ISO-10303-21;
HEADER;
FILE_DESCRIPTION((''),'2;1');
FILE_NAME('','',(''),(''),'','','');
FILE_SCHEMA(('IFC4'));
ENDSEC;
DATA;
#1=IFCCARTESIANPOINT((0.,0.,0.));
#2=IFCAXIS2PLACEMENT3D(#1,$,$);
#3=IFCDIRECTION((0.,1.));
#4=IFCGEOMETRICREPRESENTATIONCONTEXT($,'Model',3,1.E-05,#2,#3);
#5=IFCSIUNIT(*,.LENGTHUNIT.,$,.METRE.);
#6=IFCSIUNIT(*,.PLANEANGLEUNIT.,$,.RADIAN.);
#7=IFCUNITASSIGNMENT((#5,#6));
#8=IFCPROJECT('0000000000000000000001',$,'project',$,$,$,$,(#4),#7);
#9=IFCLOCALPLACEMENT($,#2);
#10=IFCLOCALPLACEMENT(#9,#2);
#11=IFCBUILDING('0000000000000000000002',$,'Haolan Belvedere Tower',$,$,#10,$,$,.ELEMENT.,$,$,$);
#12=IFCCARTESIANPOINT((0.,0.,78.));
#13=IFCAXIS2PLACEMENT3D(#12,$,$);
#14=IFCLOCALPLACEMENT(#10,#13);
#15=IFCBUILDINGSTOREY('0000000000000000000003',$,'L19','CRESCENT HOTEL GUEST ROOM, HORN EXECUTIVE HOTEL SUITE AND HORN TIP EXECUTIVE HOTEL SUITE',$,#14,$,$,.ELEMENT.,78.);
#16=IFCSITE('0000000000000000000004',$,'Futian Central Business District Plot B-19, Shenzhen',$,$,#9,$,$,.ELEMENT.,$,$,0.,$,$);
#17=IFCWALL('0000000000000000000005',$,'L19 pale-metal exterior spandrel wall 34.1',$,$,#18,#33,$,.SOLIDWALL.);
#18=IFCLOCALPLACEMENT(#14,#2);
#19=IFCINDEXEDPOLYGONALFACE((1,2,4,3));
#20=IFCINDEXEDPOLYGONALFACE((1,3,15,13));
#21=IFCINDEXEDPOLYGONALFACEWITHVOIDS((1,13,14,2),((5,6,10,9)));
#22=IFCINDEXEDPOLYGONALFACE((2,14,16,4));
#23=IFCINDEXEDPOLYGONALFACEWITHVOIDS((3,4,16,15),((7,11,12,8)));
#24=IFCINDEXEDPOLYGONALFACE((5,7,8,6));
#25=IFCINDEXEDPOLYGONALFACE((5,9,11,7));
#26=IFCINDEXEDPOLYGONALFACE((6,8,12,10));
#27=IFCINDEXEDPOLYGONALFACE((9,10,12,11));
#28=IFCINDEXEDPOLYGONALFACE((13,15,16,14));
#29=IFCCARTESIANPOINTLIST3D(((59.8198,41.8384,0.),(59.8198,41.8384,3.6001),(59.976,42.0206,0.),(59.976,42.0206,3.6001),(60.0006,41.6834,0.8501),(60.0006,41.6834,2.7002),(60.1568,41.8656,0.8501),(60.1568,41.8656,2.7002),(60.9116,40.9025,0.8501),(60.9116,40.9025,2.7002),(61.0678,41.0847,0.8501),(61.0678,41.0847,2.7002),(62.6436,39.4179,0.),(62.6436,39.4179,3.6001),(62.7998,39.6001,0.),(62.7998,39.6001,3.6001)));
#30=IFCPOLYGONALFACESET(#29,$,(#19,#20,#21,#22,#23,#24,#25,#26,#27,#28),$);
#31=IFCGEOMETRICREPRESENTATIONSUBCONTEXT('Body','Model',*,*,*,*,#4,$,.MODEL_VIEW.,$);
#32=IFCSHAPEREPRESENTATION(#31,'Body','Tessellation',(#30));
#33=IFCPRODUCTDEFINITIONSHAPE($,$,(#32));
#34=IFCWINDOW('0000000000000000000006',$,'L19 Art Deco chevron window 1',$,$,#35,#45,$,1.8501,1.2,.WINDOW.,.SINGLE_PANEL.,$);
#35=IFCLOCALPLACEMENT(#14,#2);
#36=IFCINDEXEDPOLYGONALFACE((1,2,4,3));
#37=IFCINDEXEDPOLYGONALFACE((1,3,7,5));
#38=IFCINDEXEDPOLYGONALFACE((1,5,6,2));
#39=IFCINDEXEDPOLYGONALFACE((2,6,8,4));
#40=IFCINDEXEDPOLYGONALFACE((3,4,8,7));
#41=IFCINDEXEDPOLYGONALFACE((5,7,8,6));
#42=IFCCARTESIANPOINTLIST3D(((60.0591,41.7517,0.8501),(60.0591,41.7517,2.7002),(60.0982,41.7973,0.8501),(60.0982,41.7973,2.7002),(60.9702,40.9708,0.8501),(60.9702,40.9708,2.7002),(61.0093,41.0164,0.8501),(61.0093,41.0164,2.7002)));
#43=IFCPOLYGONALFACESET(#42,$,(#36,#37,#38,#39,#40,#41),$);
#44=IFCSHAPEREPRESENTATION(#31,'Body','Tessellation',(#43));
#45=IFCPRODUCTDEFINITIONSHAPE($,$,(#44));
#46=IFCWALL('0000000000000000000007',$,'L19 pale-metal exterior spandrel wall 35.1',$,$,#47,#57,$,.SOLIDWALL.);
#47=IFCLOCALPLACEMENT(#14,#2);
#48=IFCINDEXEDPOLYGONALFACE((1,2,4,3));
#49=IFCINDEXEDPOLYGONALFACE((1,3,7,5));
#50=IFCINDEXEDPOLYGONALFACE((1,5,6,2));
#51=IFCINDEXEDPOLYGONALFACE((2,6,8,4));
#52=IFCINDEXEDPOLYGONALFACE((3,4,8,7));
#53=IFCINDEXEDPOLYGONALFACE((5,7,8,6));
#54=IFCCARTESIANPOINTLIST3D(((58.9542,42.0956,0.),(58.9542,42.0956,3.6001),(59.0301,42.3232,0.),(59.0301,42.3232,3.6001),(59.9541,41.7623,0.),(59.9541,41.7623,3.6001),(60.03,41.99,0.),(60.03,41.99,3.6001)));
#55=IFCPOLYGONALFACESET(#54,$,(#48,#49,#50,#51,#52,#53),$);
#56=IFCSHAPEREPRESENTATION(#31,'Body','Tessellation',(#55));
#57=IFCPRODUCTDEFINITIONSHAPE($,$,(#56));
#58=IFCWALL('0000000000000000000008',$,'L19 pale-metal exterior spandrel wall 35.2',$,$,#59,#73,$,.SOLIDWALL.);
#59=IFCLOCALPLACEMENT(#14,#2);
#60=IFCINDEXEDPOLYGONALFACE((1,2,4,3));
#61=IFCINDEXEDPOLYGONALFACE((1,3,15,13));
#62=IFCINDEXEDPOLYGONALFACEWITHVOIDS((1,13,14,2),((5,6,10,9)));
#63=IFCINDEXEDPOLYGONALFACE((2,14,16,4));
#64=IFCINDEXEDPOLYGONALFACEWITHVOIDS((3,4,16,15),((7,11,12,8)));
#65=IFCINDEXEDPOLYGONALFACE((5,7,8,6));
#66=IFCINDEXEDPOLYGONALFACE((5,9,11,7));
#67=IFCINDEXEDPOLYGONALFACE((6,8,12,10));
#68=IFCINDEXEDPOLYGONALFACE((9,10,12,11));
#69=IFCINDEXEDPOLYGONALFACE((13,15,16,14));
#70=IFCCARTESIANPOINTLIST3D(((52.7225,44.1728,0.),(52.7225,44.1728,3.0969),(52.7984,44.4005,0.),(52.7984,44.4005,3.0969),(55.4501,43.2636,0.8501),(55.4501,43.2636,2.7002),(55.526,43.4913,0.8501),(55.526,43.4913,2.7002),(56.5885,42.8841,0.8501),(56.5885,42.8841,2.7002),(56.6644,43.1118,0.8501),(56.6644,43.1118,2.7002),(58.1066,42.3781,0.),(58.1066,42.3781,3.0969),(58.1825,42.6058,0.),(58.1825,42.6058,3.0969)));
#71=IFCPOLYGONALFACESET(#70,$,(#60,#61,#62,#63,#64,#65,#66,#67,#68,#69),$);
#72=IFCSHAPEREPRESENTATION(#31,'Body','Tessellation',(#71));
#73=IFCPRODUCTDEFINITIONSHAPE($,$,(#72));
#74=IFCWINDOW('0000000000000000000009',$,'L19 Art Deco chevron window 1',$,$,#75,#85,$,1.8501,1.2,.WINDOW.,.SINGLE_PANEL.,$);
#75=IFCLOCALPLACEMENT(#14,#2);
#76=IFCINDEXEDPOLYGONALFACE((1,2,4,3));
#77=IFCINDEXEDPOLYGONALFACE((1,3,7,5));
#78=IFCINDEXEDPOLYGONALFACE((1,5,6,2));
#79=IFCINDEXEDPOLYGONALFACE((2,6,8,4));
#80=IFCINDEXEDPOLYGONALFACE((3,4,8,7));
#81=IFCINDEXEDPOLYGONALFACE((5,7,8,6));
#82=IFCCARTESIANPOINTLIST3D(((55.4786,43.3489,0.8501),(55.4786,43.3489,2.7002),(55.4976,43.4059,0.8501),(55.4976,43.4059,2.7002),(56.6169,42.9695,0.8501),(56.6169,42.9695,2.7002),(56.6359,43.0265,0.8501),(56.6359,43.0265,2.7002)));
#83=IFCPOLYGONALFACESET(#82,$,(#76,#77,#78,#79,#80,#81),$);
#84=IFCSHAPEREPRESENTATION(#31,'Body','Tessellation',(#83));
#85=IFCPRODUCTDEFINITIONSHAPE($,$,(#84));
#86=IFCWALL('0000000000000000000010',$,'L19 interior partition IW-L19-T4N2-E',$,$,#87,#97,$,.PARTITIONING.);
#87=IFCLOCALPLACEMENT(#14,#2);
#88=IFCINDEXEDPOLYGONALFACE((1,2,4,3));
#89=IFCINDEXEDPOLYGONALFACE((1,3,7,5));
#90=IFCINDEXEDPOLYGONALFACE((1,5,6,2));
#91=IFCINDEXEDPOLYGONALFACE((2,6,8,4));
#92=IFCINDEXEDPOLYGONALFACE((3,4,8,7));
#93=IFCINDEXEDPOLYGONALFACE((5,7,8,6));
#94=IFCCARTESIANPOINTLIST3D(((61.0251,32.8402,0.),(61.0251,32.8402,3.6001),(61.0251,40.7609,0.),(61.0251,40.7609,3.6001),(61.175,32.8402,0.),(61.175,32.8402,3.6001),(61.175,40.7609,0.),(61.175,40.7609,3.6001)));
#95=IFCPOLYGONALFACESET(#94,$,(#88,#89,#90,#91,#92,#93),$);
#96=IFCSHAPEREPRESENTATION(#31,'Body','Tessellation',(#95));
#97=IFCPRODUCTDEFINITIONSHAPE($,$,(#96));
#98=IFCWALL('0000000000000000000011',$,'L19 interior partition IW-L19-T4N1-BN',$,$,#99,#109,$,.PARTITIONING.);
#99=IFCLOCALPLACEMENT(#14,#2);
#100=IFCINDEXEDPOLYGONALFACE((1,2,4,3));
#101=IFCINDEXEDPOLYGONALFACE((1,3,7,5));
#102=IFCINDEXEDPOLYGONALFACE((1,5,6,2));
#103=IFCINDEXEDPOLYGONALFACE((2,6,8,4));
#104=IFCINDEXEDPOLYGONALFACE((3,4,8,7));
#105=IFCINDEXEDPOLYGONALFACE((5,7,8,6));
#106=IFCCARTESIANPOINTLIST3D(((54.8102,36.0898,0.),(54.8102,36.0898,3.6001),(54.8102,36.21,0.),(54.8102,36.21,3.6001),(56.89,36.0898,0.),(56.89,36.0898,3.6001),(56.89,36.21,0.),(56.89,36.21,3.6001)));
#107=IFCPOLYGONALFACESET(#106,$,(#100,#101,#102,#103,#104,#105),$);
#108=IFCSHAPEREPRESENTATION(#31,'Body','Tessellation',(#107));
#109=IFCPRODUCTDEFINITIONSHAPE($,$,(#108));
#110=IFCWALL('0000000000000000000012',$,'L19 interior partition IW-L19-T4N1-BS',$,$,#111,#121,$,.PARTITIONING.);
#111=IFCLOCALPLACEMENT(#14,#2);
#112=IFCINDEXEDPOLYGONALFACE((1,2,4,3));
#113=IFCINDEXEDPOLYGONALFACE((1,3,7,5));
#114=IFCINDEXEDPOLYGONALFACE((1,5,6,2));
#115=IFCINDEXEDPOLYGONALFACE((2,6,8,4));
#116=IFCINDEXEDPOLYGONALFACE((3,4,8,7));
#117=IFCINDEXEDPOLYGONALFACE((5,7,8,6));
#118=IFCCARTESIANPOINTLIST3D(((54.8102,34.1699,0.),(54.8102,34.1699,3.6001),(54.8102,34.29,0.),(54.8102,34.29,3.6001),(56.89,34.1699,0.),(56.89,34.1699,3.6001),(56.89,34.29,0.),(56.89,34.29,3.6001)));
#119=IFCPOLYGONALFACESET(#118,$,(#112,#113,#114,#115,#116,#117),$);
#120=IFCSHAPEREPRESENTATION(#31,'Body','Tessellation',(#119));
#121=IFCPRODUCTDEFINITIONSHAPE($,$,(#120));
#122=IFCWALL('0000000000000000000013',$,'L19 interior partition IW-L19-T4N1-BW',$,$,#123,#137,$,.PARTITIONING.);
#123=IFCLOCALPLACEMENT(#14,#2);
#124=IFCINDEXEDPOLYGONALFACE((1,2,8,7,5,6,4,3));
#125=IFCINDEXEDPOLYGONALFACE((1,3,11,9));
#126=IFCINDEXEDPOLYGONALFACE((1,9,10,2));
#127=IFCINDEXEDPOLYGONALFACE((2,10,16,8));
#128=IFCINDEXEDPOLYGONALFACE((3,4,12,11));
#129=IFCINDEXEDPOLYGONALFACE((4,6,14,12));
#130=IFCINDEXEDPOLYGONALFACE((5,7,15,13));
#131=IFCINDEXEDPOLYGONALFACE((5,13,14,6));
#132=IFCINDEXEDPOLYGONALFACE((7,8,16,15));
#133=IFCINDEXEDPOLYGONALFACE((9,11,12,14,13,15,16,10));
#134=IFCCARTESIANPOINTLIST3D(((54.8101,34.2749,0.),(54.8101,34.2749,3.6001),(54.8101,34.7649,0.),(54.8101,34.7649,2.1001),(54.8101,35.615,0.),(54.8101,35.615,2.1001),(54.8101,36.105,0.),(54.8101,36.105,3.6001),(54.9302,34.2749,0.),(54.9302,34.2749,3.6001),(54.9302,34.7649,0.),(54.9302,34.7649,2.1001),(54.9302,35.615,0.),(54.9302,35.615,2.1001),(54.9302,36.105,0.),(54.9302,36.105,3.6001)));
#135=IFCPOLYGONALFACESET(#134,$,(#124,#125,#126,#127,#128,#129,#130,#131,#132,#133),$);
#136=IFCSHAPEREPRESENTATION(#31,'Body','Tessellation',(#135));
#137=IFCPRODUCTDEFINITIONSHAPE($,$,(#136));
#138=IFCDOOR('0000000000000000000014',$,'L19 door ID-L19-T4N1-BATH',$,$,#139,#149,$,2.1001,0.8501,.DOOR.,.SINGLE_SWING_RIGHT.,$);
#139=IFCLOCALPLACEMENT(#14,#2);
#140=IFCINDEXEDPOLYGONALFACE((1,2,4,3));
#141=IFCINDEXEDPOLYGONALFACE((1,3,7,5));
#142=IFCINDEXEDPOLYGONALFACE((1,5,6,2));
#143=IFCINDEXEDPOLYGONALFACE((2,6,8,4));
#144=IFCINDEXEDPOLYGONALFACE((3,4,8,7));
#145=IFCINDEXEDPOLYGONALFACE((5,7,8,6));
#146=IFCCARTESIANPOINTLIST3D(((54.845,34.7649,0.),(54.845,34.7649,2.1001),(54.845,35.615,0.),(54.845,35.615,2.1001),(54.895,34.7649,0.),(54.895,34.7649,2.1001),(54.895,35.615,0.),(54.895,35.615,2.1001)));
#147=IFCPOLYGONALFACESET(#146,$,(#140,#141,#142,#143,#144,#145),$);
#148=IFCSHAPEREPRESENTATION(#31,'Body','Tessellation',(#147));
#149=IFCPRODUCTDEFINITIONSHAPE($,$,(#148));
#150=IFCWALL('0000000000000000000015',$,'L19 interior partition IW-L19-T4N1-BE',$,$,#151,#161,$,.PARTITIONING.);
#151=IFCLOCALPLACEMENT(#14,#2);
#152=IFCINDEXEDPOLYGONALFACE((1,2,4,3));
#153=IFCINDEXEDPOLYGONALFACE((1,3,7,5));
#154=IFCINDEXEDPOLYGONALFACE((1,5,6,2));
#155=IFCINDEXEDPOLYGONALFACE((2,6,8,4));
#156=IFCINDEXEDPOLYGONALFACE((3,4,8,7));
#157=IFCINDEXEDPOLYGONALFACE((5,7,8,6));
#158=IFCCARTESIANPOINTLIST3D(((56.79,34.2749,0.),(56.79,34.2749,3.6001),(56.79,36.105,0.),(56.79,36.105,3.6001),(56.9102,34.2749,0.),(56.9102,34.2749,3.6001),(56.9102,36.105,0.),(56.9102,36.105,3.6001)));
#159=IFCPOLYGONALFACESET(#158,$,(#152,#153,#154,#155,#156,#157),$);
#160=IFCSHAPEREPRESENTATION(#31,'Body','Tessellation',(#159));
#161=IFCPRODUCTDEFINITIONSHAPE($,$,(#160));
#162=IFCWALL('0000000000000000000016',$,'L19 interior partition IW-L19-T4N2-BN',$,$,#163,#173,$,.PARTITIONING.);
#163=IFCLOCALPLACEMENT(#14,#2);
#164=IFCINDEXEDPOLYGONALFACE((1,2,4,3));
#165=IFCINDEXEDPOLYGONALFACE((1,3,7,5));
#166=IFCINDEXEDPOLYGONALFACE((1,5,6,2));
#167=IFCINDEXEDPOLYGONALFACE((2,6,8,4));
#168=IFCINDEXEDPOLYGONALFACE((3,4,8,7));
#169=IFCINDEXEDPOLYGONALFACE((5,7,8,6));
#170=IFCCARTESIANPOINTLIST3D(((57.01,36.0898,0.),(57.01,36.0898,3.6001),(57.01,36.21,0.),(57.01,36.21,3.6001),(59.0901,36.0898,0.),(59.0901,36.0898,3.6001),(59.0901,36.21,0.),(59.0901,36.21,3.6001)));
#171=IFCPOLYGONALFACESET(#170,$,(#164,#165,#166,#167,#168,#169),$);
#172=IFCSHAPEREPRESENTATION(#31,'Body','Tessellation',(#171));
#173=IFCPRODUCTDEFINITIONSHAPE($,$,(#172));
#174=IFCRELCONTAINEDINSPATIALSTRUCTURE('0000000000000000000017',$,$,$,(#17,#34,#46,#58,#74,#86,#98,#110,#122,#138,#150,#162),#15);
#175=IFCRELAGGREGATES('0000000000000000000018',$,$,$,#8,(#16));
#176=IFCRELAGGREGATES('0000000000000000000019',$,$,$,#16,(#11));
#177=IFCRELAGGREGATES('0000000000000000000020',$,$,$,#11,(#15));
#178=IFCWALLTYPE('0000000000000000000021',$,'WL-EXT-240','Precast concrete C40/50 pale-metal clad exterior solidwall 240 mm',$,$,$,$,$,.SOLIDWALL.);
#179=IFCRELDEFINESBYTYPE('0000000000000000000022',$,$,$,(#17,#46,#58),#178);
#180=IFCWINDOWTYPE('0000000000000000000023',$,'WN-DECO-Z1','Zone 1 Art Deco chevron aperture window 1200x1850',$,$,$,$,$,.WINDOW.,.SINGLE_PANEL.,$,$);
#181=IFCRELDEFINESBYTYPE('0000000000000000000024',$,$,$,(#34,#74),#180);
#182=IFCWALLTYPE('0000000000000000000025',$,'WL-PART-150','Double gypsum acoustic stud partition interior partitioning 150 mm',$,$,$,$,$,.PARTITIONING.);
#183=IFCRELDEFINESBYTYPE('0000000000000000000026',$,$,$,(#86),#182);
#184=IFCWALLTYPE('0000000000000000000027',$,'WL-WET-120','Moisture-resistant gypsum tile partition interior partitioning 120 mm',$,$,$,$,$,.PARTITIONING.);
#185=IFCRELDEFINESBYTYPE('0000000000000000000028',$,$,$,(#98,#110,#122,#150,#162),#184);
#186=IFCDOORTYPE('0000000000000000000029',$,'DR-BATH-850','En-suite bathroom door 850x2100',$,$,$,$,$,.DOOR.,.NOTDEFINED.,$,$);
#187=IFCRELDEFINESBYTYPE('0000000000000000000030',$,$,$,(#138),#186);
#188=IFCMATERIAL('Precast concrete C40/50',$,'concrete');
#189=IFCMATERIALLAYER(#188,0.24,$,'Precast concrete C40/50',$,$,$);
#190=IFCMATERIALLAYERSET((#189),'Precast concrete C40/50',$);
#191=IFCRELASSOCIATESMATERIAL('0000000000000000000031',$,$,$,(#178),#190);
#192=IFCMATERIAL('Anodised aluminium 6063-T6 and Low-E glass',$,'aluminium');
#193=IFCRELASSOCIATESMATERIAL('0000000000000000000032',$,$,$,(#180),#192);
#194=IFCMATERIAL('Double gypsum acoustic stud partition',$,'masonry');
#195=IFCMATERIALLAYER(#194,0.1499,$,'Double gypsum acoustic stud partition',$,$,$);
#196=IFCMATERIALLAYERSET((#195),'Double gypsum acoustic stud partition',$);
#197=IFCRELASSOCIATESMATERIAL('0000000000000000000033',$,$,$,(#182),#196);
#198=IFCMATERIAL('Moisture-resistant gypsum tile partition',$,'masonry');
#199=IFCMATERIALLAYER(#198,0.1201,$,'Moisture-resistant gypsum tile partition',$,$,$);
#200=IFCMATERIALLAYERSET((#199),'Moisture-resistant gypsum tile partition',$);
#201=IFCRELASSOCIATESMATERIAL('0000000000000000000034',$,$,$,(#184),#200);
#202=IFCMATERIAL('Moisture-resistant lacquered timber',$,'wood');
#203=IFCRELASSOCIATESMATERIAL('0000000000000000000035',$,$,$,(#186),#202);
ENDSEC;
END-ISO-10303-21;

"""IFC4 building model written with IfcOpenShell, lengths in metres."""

from ifc_helpers import new_model, si_unit, direction, frame, frame_2d, origin, place, context, subcontext, project, spatial, rectangle, extrude, material, layer, layer_set, type_object, element, fill, save


model = new_model("IFC4")

# Units and contexts
model_context = context("Model", 3, precision=1e-05, world=origin(), true_north=direction((0.0, 1.0)))
body_context = subcontext(model_context, "Body", "Model", "MODEL_VIEW")
ifc_project = project(units=[si_unit("LENGTHUNIT", "METRE"), si_unit("PLANEANGLEUNIT", "RADIAN")], contexts=[model_context])

# Site, building, storey
site_placement = place(None, origin())
site = spatial("IfcSite", under=ifc_project, at=site_placement, Name="Futian Central Business District Plot B-19, Shenzhen", CompositionType="ELEMENT", RefElevation=0.0)
building_placement = place(site_placement, origin())
building = spatial("IfcBuilding", under=site, at=building_placement, Name="Haolan Belvedere Tower", CompositionType="ELEMENT")
storey_placement = place(building_placement, frame((0.0, 0.0, 78.0)))
storey = spatial("IfcBuildingStorey", under=building, at=storey_placement, Name="L19", Description="CRESCENT HOTEL GUEST ROOM, HORN EXECUTIVE HOTEL SUITE AND HORN TIP EXECUTIVE HOTEL SUITE", CompositionType="ELEMENT", Elevation=78.0)

# Shared definitions
ifc_material_1 = material(Name="Precast concrete C40/50", Category="concrete")
ifc_layer_1 = layer(ifc_material_1, 0.24, Name="Precast concrete C40/50")
ifc_layer_set_1 = layer_set([ifc_layer_1], Name="Precast concrete C40/50")
wall_type_1 = type_object("IfcWallType", Name="WL-EXT-240", Description="Precast concrete C40/50 pale-metal clad exterior solidwall 240 mm", PredefinedType="SOLIDWALL", material=ifc_layer_set_1)
ifc_material_2 = material(Name="Anodised aluminium 6063-T6 and Low-E glass", Category="aluminium")
window_type = type_object("IfcWindowType", Name="WN-DECO-Z1", Description="Zone 1 Art Deco chevron aperture window 1200x1850", PartitioningType="SINGLE_PANEL", PredefinedType="WINDOW", material=ifc_material_2)

# Wall, opening, window
wall_1_placement = place(storey_placement, frame((62.7217, 39.509, 0.0), z_axis=(0.0, 0.0, 1.0), x_axis=(-0.759247, 0.650802, 0.0)))
wall_1 = element("IfcWall", 1, at=wall_1_placement, inside=storey, type_object=wall_type_1, Name="L19 pale-metal exterior spandrel wall 34.1", PredefinedType="SOLIDWALL", context=body_context, shape_type="SweptSolid", body=[
    extrude(rectangle(XDim=3.7192, YDim=0.24, at=frame_2d((1.8596, 0.0))), origin(), (0.0, 0.0, 1.0), 3.6001),
])
opening_1_placement = place(wall_1_placement, frame((2.281, 0.0, 0.8501)))
opening_1 = element("IfcOpeningElement", 2, at=opening_1_placement, cuts=wall_1, PredefinedType="OPENING", context=body_context, shape_type="SweptSolid", body=[
    extrude(rectangle(XDim=1.2, YDim=1.8501, at=frame_2d((0.6001, 0.925))), frame((0.0, 0.1299, 0.0), z_axis=(0.0, -1.0, 0.0), x_axis=(1.0, 0.0, 0.0)), (0.0, 0.0, 1.0), 0.26),
])
window_1_placement = place(opening_1_placement, origin())
window_1 = element("IfcWindow", 3, at=window_1_placement, inside=storey, type_object=window_type, Name="L19 Art Deco chevron window 1", OverallHeight=1.8501, OverallWidth=1.2, PartitioningType="SINGLE_PANEL", PredefinedType="WINDOW", context=body_context, shape_type="SweptSolid", body=[
    extrude(rectangle(XDim=1.2, YDim=1.8501, at=frame_2d((0.6001, 0.925))), frame((0.0, 0.03, 0.0), z_axis=(0.0, -1.0, 0.0), x_axis=(1.0, 0.0, 0.0)), (0.0, 0.0, 1.0), 0.0601),
])
fill(opening_1, window_1)

# Wall
wall_2_placement = place(storey_placement, frame((59.9919, 41.8762, 0.0), z_axis=(0.0, 0.0, 1.0), x_axis=(-0.948706, 0.316158, 0.0)))
element("IfcWall", 4, at=wall_2_placement, inside=storey, type_object=wall_type_1, Name="L19 pale-metal exterior spandrel wall 35.1", PredefinedType="SOLIDWALL", context=body_context, shape_type="SweptSolid", body=[
    extrude(rectangle(XDim=1.054, YDim=0.24, at=frame_2d((0.5269, 0.0))), origin(), (0.0, 0.0, 1.0), 3.6001),
])

# Wall, opening, window
wall_3_placement = place(storey_placement, frame((58.1445, 42.4919, 0.0), z_axis=(0.0, 0.0, 1.0), x_axis=(-0.948683, 0.316228, 0.0)))
wall_3 = element("IfcWall", 5, at=wall_3_placement, inside=storey, type_object=wall_type_1, Name="L19 pale-metal exterior spandrel wall 35.2", PredefinedType="SOLIDWALL", context=body_context, shape_type="SweptSolid", body=[
    extrude(rectangle(XDim=5.6753, YDim=0.24, at=frame_2d((2.8376, 0.0))), origin(), (0.0, 0.0, 1.0), 3.0969),
])
opening_2_placement = place(wall_3_placement, frame((1.6001, 0.0, 0.8501)))
opening_2 = element("IfcOpeningElement", 6, at=opening_2_placement, cuts=wall_3, PredefinedType="OPENING", context=body_context, shape_type="SweptSolid", body=[
    extrude(rectangle(XDim=1.2, YDim=1.8501, at=frame_2d((0.6001, 0.925))), frame((0.0, 0.1299, 0.0), z_axis=(0.0, -1.0, 0.0), x_axis=(1.0, 0.0, 0.0)), (0.0, 0.0, 1.0), 0.26),
])
window_2_placement = place(opening_2_placement, origin())
window_2 = element("IfcWindow", 7, at=window_2_placement, inside=storey, type_object=window_type, Name="L19 Art Deco chevron window 1", OverallHeight=1.8501, OverallWidth=1.2, PartitioningType="SINGLE_PANEL", PredefinedType="WINDOW", context=body_context, shape_type="SweptSolid", body=[
    extrude(rectangle(XDim=1.2, YDim=1.8501, at=frame_2d((0.6001, 0.925))), frame((0.0, 0.03, 0.0), z_axis=(0.0, -1.0, 0.0), x_axis=(1.0, 0.0, 0.0)), (0.0, 0.0, 1.0), 0.0601),
])
fill(opening_2, window_2)

# Walls
ifc_material_3 = material(Name="Double gypsum acoustic stud partition", Category="masonry")
ifc_layer_2 = layer(ifc_material_3, 0.1499, Name="Double gypsum acoustic stud partition")
ifc_layer_set_2 = layer_set([ifc_layer_2], Name="Double gypsum acoustic stud partition")
wall_type_2 = type_object("IfcWallType", Name="WL-PART-150", Description="Double gypsum acoustic stud partition interior partitioning 150 mm", PredefinedType="PARTITIONING", material=ifc_layer_set_2)
wall_4_placement = place(storey_placement, frame((61.1001, 32.8401, 0.0), z_axis=(0.0, 0.0, 1.0), x_axis=(0.0, 1.0, 0.0)))
element("IfcWall", 8, at=wall_4_placement, inside=storey, type_object=wall_type_2, Name="L19 interior partition IW-L19-T4N2-E", PredefinedType="PARTITIONING", context=body_context, shape_type="SweptSolid", body=[
    extrude(rectangle(XDim=7.9207, YDim=0.1499, at=frame_2d((3.9604, 0.0))), origin(), (0.0, 0.0, 1.0), 3.6001),
])
ifc_material_4 = material(Name="Moisture-resistant gypsum tile partition", Category="masonry")
ifc_layer_3 = layer(ifc_material_4, 0.1201, Name="Moisture-resistant gypsum tile partition")
ifc_layer_set_3 = layer_set([ifc_layer_3], Name="Moisture-resistant gypsum tile partition")
wall_type_3 = type_object("IfcWallType", Name="WL-WET-120", Description="Moisture-resistant gypsum tile partition interior partitioning 120 mm", PredefinedType="PARTITIONING", material=ifc_layer_set_3)
for number, where, z_axis, x_axis, name in (
    (9, (54.8101, 36.1499, 0.0), (0.0, 0.0, 1.0), (1.0, 0.0, 0.0), "L19 interior partition IW-L19-T4N1-BN"),
    (10, (54.8101, 34.23, 0.0), (0.0, 0.0, 1.0), (1.0, 0.0, 0.0), "L19 interior partition IW-L19-T4N1-BS"),
):
    element("IfcWall", number, at=place(storey_placement, frame(where, z_axis=z_axis, x_axis=x_axis)), inside=storey, type_object=wall_type_3, Name=name, PredefinedType="PARTITIONING", context=body_context, shape_type="SweptSolid", body=[
        extrude(rectangle(XDim=2.0798, YDim=0.1201, at=frame_2d((1.04, 0.0))), origin(), (0.0, 0.0, 1.0), 3.6001),
    ])

# Wall, opening, door
wall_5_placement = place(storey_placement, frame((54.8701, 34.2749, 0.0), z_axis=(0.0, 0.0, 1.0), x_axis=(0.0, 1.0, 0.0)))
wall_5 = element("IfcWall", 11, at=wall_5_placement, inside=storey, type_object=wall_type_3, Name="L19 interior partition IW-L19-T4N1-BW", PredefinedType="PARTITIONING", context=body_context, shape_type="SweptSolid", body=[
    extrude(rectangle(XDim=1.8301, YDim=0.1201, at=frame_2d((0.915, 0.0))), origin(), (0.0, 0.0, 1.0), 3.6001),
])
opening_3_placement = place(wall_5_placement, frame((1.3401, 0.0, 0.0), z_axis=(0.0, 0.0, 1.0), x_axis=(-1.0, 0.0, 0.0)))
opening_3 = element("IfcOpeningElement", 12, at=opening_3_placement, cuts=wall_5, PredefinedType="OPENING", context=body_context, shape_type="SweptSolid", body=[
    extrude(rectangle(XDim=0.8501, YDim=2.1001, at=frame_2d((0.425, 1.05))), frame((0.0, 0.0701, 0.0), z_axis=(0.0, -1.0, 0.0), x_axis=(1.0, 0.0, 0.0)), (0.0, 0.0, 1.0), 0.1401),
])
ifc_material_5 = material(Name="Moisture-resistant lacquered timber", Category="wood")
door_type = type_object("IfcDoorType", Name="DR-BATH-850", Description="En-suite bathroom door 850x2100", OperationType="NOTDEFINED", PredefinedType="DOOR", material=ifc_material_5)
door_1_placement = place(opening_3_placement, origin())
door_1 = element("IfcDoor", 13, at=door_1_placement, inside=storey, type_object=door_type, Name="L19 door ID-L19-T4N1-BATH", OperationType="SINGLE_SWING_RIGHT", OverallHeight=2.1001, OverallWidth=0.8501, PredefinedType="DOOR", context=body_context, shape_type="SweptSolid", body=[
    extrude(rectangle(XDim=0.8501, YDim=2.1001, at=frame_2d((0.425, 1.05))), frame((0.0, 0.0249, 0.0), z_axis=(0.0, -1.0, 0.0), x_axis=(1.0, 0.0, 0.0)), (0.0, 0.0, 1.0), 0.05),
])
fill(opening_3, door_1)

# Walls
wall_6_placement = place(storey_placement, frame((56.8501, 34.2749, 0.0), z_axis=(0.0, 0.0, 1.0), x_axis=(0.0, 1.0, 0.0)))
element("IfcWall", 14, at=wall_6_placement, inside=storey, type_object=wall_type_3, Name="L19 interior partition IW-L19-T4N1-BE", PredefinedType="PARTITIONING", context=body_context, shape_type="SweptSolid", body=[
    extrude(rectangle(XDim=1.8301, YDim=0.1201, at=frame_2d((0.915, 0.0))), origin(), (0.0, 0.0, 1.0), 3.6001),
])
for number, where, z_axis, x_axis, name in (
    (15, (57.01, 36.1499, 0.0), (0.0, 0.0, 1.0), (1.0, 0.0, 0.0), "L19 interior partition IW-L19-T4N2-BN"),
):
    element("IfcWall", number, at=place(storey_placement, frame(where, z_axis=z_axis, x_axis=x_axis)), inside=storey, type_object=wall_type_3, Name=name, PredefinedType="PARTITIONING", context=body_context, shape_type="SweptSolid", body=[
        extrude(rectangle(XDim=2.0801, YDim=0.1201, at=frame_2d((1.04, 0.0))), origin(), (0.0, 0.0, 1.0), 3.6001),
    ])

save(model, "model.ifc")
